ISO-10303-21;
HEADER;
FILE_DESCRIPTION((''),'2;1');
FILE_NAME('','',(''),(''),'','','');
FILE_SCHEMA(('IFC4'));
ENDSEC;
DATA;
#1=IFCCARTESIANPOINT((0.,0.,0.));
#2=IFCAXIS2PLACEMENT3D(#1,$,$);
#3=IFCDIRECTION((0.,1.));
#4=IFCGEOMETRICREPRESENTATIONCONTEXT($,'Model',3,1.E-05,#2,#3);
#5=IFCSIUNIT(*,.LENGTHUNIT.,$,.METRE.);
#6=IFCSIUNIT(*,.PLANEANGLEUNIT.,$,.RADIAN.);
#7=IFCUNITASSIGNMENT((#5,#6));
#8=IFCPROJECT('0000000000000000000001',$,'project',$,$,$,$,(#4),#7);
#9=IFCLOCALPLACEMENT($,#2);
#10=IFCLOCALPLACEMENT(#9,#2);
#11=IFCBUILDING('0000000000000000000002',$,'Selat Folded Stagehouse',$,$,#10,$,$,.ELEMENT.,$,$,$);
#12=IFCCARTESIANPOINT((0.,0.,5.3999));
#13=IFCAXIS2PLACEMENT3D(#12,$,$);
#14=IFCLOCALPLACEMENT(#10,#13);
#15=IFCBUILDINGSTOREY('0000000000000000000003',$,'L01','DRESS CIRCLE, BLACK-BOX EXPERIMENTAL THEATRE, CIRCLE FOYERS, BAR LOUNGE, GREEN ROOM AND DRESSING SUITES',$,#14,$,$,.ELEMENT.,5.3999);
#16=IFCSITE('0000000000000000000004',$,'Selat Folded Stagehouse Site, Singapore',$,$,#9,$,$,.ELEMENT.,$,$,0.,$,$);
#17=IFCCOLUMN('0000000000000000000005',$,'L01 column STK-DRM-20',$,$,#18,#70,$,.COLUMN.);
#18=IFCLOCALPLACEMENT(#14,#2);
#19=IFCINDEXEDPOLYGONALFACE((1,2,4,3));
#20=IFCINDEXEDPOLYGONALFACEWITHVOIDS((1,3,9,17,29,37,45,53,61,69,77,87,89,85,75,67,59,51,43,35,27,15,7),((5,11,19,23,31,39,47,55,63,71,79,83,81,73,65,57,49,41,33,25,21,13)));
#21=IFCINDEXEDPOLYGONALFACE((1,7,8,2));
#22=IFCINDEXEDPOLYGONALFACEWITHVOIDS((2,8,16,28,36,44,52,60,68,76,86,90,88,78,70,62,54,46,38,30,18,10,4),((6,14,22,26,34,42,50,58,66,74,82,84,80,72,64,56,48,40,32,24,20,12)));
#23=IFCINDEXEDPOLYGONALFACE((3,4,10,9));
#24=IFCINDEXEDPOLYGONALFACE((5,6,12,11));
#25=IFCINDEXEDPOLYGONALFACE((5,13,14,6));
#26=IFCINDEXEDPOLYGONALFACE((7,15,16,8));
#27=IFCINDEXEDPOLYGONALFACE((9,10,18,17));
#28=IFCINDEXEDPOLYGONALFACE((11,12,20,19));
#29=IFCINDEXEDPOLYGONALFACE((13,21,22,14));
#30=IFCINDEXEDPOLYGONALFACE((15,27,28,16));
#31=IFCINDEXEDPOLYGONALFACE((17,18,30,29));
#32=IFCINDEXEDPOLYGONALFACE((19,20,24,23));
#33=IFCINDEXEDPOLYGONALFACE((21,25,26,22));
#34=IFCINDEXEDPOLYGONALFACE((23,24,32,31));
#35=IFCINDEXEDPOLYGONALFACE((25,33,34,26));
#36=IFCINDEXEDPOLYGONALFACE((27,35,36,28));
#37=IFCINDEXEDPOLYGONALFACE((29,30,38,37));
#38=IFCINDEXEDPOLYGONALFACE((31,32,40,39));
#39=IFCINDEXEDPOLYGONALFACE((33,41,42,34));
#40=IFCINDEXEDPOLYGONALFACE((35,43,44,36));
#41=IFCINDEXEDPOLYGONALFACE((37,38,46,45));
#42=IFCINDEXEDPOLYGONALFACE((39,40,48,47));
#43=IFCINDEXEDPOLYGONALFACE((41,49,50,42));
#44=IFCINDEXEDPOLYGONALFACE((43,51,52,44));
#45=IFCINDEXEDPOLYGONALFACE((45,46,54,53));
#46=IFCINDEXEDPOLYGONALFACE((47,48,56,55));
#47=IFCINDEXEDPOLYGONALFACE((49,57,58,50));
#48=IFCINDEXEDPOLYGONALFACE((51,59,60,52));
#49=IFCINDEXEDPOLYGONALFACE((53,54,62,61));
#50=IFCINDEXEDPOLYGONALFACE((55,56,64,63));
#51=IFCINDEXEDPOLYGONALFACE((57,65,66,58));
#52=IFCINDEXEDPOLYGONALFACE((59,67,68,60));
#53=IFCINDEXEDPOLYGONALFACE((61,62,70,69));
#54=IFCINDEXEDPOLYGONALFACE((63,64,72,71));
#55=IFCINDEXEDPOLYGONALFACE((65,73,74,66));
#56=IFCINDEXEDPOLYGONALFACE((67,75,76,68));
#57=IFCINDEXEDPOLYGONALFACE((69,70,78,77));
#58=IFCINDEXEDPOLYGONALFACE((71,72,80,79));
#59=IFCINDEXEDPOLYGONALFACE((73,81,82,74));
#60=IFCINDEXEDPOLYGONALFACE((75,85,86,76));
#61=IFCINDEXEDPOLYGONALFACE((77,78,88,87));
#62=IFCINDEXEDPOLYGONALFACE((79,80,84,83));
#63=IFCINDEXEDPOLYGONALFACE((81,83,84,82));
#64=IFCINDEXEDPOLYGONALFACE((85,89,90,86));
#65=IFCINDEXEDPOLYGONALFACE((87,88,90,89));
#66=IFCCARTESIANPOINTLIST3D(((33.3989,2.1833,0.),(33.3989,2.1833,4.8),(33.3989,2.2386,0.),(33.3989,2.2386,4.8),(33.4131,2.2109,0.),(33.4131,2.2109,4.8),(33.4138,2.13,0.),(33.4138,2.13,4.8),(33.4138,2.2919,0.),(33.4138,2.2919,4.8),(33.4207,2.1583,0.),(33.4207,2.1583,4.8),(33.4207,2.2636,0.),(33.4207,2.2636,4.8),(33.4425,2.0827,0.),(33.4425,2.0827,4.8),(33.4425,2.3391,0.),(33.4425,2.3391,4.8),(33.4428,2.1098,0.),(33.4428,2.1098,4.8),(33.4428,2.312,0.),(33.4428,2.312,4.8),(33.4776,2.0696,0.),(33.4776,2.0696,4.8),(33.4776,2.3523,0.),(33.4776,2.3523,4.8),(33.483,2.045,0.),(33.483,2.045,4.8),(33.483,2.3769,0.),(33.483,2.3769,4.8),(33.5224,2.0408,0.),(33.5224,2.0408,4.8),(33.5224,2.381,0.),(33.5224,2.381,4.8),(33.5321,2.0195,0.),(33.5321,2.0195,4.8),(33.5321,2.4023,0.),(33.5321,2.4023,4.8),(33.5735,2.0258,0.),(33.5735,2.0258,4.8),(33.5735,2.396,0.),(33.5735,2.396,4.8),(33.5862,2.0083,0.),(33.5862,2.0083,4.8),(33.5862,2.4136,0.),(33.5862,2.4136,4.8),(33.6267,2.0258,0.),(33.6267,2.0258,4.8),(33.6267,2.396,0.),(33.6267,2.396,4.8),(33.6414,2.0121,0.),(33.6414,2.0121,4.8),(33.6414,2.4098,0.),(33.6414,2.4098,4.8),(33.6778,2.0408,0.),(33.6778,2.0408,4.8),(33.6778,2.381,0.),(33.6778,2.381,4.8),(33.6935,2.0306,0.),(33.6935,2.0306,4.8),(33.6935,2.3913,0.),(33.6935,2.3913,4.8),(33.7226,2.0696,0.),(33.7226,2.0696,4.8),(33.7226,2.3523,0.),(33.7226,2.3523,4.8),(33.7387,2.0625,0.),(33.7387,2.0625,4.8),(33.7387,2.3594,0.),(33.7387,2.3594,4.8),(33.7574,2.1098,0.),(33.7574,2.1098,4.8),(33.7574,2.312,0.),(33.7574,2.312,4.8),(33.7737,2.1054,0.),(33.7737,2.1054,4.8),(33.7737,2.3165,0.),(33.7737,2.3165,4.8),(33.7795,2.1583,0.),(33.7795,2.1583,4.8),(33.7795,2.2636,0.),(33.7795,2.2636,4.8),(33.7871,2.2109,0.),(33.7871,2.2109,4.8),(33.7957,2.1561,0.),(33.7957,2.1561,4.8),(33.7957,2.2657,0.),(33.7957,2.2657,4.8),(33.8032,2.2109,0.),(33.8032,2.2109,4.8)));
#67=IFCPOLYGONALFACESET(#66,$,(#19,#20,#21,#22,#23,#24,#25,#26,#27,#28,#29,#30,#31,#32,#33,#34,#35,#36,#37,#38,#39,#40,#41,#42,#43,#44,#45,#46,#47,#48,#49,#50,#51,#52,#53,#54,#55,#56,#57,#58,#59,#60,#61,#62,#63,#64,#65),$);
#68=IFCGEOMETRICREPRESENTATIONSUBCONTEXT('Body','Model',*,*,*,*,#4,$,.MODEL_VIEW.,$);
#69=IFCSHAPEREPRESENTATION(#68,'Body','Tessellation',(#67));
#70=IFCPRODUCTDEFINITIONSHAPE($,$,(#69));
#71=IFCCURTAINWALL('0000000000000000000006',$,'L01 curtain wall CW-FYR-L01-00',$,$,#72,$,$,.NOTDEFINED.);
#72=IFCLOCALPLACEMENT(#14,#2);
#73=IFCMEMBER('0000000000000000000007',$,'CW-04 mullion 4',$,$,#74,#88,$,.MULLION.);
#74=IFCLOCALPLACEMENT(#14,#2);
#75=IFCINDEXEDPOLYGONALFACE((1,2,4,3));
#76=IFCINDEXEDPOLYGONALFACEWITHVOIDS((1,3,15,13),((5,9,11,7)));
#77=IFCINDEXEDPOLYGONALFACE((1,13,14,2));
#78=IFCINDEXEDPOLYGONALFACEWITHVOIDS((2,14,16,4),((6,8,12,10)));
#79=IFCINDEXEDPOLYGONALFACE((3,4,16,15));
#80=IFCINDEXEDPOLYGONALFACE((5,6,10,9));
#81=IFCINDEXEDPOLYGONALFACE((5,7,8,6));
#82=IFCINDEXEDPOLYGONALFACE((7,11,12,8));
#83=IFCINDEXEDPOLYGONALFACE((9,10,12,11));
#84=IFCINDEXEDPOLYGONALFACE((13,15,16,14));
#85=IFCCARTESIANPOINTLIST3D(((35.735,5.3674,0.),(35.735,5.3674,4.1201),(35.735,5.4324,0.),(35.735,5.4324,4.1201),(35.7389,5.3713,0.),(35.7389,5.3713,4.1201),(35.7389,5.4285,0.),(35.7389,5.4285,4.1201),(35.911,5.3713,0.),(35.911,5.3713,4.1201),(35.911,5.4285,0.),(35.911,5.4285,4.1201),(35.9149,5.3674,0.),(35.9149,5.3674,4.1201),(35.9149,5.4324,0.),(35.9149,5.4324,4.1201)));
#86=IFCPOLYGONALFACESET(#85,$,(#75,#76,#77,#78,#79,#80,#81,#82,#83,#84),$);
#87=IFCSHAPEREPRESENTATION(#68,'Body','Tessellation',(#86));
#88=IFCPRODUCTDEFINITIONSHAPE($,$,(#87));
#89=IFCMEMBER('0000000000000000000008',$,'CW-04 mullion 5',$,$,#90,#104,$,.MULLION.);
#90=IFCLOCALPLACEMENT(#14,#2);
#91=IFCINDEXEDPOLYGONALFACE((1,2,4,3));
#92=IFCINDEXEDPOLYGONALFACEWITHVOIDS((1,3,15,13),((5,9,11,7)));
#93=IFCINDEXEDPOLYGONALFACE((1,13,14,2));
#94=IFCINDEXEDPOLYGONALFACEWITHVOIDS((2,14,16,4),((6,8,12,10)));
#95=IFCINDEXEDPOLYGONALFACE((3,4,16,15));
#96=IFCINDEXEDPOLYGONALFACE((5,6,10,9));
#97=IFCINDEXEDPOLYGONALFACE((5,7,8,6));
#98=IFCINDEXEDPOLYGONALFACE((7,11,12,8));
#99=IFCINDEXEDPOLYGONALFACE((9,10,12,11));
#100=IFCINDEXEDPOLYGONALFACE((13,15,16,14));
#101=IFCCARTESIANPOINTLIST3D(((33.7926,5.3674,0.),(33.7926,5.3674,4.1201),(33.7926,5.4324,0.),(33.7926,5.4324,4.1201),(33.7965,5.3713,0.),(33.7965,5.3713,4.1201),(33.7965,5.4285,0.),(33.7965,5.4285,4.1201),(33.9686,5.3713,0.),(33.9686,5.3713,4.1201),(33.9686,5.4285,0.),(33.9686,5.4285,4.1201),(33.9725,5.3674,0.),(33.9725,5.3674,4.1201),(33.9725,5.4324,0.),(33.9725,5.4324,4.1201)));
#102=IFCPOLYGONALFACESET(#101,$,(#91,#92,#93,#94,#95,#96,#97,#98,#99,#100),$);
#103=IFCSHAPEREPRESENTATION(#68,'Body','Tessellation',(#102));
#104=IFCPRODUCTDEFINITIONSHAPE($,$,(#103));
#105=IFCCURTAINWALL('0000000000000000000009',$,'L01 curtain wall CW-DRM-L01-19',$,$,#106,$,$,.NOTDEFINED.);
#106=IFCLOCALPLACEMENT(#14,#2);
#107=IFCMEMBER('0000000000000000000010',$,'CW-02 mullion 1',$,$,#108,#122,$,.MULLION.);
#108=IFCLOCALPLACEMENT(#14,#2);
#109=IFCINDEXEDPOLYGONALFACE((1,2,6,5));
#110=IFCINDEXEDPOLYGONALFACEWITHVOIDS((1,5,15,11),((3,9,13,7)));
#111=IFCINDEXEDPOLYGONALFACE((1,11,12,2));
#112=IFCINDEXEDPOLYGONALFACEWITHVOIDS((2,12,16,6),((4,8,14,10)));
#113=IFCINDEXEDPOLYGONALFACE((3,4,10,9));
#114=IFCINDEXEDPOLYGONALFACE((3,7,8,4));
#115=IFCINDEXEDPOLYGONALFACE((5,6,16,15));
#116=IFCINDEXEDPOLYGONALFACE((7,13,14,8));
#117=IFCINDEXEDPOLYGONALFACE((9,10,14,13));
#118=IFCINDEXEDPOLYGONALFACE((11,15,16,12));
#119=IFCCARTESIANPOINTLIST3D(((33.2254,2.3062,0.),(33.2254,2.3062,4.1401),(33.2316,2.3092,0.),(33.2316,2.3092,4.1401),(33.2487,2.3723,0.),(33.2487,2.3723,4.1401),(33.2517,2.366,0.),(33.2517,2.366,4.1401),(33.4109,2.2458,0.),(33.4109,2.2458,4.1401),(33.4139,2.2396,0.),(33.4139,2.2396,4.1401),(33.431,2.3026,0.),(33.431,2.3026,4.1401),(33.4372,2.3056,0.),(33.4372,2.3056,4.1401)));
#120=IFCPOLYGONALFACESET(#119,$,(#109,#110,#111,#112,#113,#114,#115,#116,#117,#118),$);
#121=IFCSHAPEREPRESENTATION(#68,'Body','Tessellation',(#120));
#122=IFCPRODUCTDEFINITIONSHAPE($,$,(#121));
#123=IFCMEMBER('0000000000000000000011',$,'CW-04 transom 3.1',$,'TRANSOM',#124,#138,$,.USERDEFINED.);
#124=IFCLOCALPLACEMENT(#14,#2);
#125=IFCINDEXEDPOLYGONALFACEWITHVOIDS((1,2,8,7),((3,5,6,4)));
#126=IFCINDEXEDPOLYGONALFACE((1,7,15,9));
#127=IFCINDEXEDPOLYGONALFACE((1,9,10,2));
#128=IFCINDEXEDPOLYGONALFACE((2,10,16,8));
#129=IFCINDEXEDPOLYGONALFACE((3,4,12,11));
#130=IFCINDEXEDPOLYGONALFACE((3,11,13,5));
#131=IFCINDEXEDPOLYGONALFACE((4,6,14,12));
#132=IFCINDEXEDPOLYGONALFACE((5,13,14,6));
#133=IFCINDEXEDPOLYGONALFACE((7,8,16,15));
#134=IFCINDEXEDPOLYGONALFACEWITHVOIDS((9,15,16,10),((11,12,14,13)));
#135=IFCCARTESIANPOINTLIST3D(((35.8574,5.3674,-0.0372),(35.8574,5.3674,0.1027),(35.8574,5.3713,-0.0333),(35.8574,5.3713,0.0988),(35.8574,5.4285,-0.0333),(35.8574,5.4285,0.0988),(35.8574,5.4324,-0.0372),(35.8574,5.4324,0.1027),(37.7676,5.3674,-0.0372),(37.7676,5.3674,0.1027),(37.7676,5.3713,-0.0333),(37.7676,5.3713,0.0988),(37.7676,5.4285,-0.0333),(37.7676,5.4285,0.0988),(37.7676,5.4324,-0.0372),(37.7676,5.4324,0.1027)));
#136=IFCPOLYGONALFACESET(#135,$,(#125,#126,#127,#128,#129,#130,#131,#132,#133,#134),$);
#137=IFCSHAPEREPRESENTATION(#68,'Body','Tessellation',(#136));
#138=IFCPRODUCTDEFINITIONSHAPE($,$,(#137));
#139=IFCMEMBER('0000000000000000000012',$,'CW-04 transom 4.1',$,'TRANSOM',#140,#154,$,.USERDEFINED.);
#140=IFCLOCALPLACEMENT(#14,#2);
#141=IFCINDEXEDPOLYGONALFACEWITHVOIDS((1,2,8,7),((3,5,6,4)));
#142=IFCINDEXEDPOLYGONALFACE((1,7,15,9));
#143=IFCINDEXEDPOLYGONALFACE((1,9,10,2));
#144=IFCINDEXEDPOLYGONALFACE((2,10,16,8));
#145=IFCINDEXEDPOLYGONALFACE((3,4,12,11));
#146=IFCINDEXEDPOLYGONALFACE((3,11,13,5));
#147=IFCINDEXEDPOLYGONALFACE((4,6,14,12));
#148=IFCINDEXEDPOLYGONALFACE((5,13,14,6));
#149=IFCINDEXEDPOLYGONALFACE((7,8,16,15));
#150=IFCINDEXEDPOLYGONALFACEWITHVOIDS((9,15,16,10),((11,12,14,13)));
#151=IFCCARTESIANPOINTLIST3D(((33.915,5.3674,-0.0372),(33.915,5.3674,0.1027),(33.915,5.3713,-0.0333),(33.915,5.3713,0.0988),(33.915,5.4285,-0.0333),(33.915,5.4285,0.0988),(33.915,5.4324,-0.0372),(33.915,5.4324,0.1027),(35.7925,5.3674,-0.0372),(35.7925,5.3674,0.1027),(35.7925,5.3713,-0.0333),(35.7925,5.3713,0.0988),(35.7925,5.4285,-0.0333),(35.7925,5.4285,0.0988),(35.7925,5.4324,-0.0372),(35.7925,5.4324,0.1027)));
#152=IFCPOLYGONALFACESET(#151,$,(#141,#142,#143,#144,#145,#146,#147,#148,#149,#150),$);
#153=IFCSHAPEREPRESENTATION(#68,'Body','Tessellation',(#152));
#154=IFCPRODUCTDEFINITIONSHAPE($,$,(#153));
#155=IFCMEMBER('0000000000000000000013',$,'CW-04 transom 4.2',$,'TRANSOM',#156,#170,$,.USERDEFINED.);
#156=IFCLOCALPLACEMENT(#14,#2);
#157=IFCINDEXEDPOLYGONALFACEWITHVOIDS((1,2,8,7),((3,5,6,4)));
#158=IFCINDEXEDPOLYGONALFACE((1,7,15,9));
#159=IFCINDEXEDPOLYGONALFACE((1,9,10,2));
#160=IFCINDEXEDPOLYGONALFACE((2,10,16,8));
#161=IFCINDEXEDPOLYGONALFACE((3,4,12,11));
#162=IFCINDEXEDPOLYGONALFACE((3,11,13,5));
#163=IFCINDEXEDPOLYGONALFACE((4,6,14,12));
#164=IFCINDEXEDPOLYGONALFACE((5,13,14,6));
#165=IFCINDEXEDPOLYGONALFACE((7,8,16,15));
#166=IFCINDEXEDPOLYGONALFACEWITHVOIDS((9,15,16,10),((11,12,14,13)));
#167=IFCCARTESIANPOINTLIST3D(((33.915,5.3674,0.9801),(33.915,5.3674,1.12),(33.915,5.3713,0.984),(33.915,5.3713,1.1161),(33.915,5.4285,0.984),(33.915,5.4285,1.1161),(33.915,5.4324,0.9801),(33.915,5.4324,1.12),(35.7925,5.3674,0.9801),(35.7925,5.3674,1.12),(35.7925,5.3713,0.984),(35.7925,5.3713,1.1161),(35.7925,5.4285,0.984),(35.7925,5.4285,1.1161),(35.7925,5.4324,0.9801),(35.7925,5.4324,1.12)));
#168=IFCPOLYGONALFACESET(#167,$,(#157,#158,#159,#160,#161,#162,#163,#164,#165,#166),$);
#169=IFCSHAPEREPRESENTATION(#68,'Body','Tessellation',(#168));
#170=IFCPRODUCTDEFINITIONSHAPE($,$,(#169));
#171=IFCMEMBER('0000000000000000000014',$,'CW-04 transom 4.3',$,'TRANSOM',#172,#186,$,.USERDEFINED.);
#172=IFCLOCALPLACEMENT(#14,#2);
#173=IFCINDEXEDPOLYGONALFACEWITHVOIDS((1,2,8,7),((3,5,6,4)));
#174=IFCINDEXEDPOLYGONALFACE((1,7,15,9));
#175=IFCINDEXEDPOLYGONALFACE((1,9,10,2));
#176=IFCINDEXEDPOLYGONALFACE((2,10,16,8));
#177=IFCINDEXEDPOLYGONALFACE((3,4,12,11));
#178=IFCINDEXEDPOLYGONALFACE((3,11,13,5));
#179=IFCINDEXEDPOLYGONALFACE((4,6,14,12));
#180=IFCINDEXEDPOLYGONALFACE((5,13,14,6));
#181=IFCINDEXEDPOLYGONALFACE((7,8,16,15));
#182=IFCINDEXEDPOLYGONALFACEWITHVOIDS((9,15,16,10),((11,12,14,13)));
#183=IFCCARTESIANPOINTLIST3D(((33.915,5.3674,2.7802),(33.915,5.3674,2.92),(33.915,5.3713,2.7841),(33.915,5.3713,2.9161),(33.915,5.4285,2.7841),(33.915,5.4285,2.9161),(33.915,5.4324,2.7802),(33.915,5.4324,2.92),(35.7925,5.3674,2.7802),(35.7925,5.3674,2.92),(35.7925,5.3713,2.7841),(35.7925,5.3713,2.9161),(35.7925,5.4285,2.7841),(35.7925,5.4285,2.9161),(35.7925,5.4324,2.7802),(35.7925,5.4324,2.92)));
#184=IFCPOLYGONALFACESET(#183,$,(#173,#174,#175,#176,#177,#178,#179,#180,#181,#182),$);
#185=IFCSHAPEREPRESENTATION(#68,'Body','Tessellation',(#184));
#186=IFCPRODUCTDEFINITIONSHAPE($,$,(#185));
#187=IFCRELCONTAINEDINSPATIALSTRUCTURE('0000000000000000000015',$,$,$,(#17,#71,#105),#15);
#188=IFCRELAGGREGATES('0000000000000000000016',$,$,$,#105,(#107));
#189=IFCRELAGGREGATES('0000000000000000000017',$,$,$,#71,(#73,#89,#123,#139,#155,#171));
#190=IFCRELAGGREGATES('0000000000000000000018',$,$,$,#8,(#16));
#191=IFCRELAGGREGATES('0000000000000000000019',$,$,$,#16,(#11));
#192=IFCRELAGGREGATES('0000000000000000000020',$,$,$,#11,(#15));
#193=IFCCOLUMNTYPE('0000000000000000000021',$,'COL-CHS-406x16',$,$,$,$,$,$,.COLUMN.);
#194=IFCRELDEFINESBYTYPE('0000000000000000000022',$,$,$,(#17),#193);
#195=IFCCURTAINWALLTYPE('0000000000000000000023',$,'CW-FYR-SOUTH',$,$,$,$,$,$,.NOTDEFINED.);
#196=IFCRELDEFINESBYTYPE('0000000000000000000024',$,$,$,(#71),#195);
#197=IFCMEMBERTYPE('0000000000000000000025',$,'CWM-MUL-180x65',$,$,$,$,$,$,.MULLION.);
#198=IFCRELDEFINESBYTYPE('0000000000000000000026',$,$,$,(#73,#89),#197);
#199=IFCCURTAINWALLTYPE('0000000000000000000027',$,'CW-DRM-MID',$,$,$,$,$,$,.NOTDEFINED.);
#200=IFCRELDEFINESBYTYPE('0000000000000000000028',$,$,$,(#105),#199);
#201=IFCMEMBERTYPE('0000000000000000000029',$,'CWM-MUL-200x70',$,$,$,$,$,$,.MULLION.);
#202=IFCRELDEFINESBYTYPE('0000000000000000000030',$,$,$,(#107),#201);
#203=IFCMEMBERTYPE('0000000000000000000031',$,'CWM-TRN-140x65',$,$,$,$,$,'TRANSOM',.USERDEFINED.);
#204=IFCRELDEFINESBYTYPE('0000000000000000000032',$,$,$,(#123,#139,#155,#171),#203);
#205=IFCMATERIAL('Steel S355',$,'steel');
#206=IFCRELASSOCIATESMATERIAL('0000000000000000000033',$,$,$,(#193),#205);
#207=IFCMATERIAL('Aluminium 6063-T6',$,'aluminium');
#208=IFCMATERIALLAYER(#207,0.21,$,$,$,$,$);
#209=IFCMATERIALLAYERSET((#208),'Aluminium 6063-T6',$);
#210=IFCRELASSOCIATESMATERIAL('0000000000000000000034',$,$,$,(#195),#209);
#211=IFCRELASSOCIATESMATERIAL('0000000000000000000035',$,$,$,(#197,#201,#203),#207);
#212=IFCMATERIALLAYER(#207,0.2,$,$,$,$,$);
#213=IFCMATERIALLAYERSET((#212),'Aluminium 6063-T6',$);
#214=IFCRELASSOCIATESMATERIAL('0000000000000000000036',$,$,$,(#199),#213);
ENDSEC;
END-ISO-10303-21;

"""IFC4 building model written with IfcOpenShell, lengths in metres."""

from ifc_helpers import new_model, si_unit, direction, frame, origin, origin_2d, place, context, subcontext, project, spatial, hollow_rectangle, hollow_circle, extrude, material, layer, layer_set, material_profile, profile_set, type_object, element, aggregate, save


model = new_model("IFC4")

# Units and contexts
model_context = context("Model", 3, precision=1e-05, world=origin(), true_north=direction((0.0, 1.0)))
body_context = subcontext(model_context, "Body", "Model", "MODEL_VIEW")
ifc_project = project(units=[si_unit("LENGTHUNIT", "METRE"), si_unit("PLANEANGLEUNIT", "RADIAN")], contexts=[model_context])

# Site, building, storey
site_placement = place(None, origin())
site = spatial("IfcSite", under=ifc_project, at=site_placement, Name="Selat Folded Stagehouse Site, Singapore", CompositionType="ELEMENT", RefElevation=0.0)
building_placement = place(site_placement, origin())
building = spatial("IfcBuilding", under=site, at=building_placement, Name="Selat Folded Stagehouse", CompositionType="ELEMENT")
storey_placement = place(building_placement, frame((0.0, 0.0, 5.3999)))
storey = spatial("IfcBuildingStorey", under=building, at=storey_placement, Name="L01", Description="DRESS CIRCLE, BLACK-BOX EXPERIMENTAL THEATRE, CIRCLE FOYERS, BAR LOUNGE, GREEN ROOM AND DRESSING SUITES", CompositionType="ELEMENT", Elevation=5.3999)

# Column
ifc_material_1 = material(Name="Steel S355", Category="steel")
ifc_material_profile_1 = material_profile(ifc_material_1, hollow_circle(Radius=0.2031, WallThickness=0.0161, at=origin_2d()), Name="CHS 406.4x16.0")
ifc_profile_set_1 = profile_set([ifc_material_profile_1], Name="Steel S355")
column_type = type_object("IfcColumnType", Name="COL-CHS-406x16", PredefinedType="COLUMN", material=ifc_profile_set_1)
column_placement = place(storey_placement, frame((33.6001, 2.2109, 0.0), z_axis=(0.0, 0.0, 1.0), x_axis=(1.0, 0.0, 0.0)))
element("IfcColumn", 1, at=column_placement, inside=storey, type_object=column_type, Name="L01 column STK-DRM-20", PredefinedType="COLUMN", context=body_context, shape_type="SweptSolid", body=[
    extrude(hollow_circle(Radius=0.2031, WallThickness=0.0161, at=origin_2d()), origin(), (0.0, 0.0, 1.0), 4.8),
])

# Curtain wall, members
ifc_material_2 = material(Name="Aluminium 6063-T6", Category="aluminium")
ifc_layer_1 = layer(ifc_material_2, 0.21)
ifc_layer_set_1 = layer_set([ifc_layer_1], Name="Aluminium 6063-T6")
curtain_wall_type_1 = type_object("IfcCurtainWallType", Name="CW-FYR-SOUTH", PredefinedType="NOTDEFINED", material=ifc_layer_set_1)
curtain_wall_1_placement = place(storey_placement, origin())
curtain_wall_1 = element("IfcCurtainWall", 2, at=curtain_wall_1_placement, inside=storey, type_object=curtain_wall_type_1, Name="L01 curtain wall CW-FYR-L01-00", PredefinedType="NOTDEFINED")
ifc_material_profile_2 = material_profile(ifc_material_2, hollow_rectangle(XDim=0.0649, YDim=0.1799, WallThickness=0.0039, at=origin_2d()), Name="ALU 180x65x4.0")
ifc_profile_set_2 = profile_set([ifc_material_profile_2], Name="Aluminium 6063-T6")
member_type_1 = type_object("IfcMemberType", Name="CWM-MUL-180x65", PredefinedType="MULLION", material=ifc_profile_set_2)
member_1_placement = place(storey_placement, frame((35.825, 5.3999, 0.0), z_axis=(0.0, 0.0, 1.0), x_axis=(0.0, -1.0, 0.0)))
member_1 = element("IfcMember", 3, at=member_1_placement, type_object=member_type_1, Name="CW-04 mullion 4", PredefinedType="MULLION", context=body_context, shape_type="SweptSolid", body=[
    extrude(hollow_rectangle(XDim=0.0649, YDim=0.1799, WallThickness=0.0039, at=origin_2d()), origin(), (0.0, 0.0, 1.0), 4.1201),
])
member_2_placement = place(storey_placement, frame((33.8826, 5.3999, 0.0), z_axis=(0.0, 0.0, 1.0), x_axis=(0.0, -1.0, 0.0)))
member_2 = element("IfcMember", 4, at=member_2_placement, type_object=member_type_1, Name="CW-04 mullion 5", PredefinedType="MULLION", context=body_context, shape_type="SweptSolid", body=[
    extrude(hollow_rectangle(XDim=0.0649, YDim=0.1799, WallThickness=0.0039, at=origin_2d()), origin(), (0.0, 0.0, 1.0), 4.1201),
])

# Curtain wall, member
ifc_layer_2 = layer(ifc_material_2, 0.2)
ifc_layer_set_2 = layer_set([ifc_layer_2], Name="Aluminium 6063-T6")
curtain_wall_type_2 = type_object("IfcCurtainWallType", Name="CW-DRM-MID", PredefinedType="NOTDEFINED", material=ifc_layer_set_2)
curtain_wall_2_placement = place(storey_placement, origin())
curtain_wall_2 = element("IfcCurtainWall", 5, at=curtain_wall_2_placement, inside=storey, type_object=curtain_wall_type_2, Name="L01 curtain wall CW-DRM-L01-19", PredefinedType="NOTDEFINED")
ifc_material_profile_3 = material_profile(ifc_material_2, hollow_rectangle(XDim=0.0701, YDim=0.2, WallThickness=0.0049, at=origin_2d()), Name="ALU 200x70x5.0")
ifc_profile_set_3 = profile_set([ifc_material_profile_3], Name="Aluminium 6063-T6")
member_type_2 = type_object("IfcMemberType", Name="CWM-MUL-200x70", PredefinedType="MULLION", material=ifc_profile_set_3)
member_3_placement = place(storey_placement, frame((33.3313, 2.3059, 0.0), z_axis=(0.0, 0.0, 1.0), x_axis=(-0.333314, -0.942816, 0.0)))
member_3 = element("IfcMember", 6, at=member_3_placement, type_object=member_type_2, Name="CW-02 mullion 1", PredefinedType="MULLION", context=body_context, shape_type="SweptSolid", body=[
    extrude(hollow_rectangle(XDim=0.0701, YDim=0.2, WallThickness=0.0049, at=origin_2d()), origin(), (0.0, 0.0, 1.0), 4.1401),
])

# Members
ifc_material_profile_4 = material_profile(ifc_material_2, hollow_rectangle(XDim=0.0649, YDim=0.1399, WallThickness=0.0039, at=origin_2d()), Name="ALU 140x65x4.0")
ifc_profile_set_4 = profile_set([ifc_material_profile_4], Name="Aluminium 6063-T6")
member_type_3 = type_object("IfcMemberType", Name="CWM-TRN-140x65", ElementType="TRANSOM", PredefinedType="USERDEFINED", material=ifc_profile_set_4)
member_4_placement = place(storey_placement, frame((37.7676, 5.3999, 0.0327), z_axis=(-1.0, 0.0, 0.0), x_axis=(0.0, -1.0, 0.0)))
member_4 = element("IfcMember", 7, at=member_4_placement, type_object=member_type_3, Name="CW-04 transom 3.1", ObjectType="TRANSOM", PredefinedType="USERDEFINED", context=body_context, shape_type="SweptSolid", body=[
    extrude(hollow_rectangle(XDim=0.0649, YDim=0.1399, WallThickness=0.0039, at=origin_2d()), origin(), (0.0, 0.0, 1.0), 1.9102),
])
member_5_placement = place(storey_placement, frame((35.7925, 5.3999, 0.0327), z_axis=(-1.0, 0.0, 0.0), x_axis=(0.0, -1.0, 0.0)))
member_5 = element("IfcMember", 8, at=member_5_placement, type_object=member_type_3, Name="CW-04 transom 4.1", ObjectType="TRANSOM", PredefinedType="USERDEFINED", context=body_context, shape_type="SweptSolid", body=[
    extrude(hollow_rectangle(XDim=0.0649, YDim=0.1399, WallThickness=0.0039, at=origin_2d()), origin(), (0.0, 0.0, 1.0), 1.8774),
])
member_6_placement = place(storey_placement, frame((35.7925, 5.3999, 1.05), z_axis=(-1.0, 0.0, 0.0), x_axis=(0.0, -1.0, 0.0)))
member_6 = element("IfcMember", 9, at=member_6_placement, type_object=member_type_3, Name="CW-04 transom 4.2", ObjectType="TRANSOM", PredefinedType="USERDEFINED", context=body_context, shape_type="SweptSolid", body=[
    extrude(hollow_rectangle(XDim=0.0649, YDim=0.1399, WallThickness=0.0039, at=origin_2d()), origin(), (0.0, 0.0, 1.0), 1.8774),
])
member_7_placement = place(storey_placement, frame((35.7925, 5.3999, 2.8501), z_axis=(-1.0, 0.0, 0.0), x_axis=(0.0, -1.0, 0.0)))
member_7 = element("IfcMember", 10, at=member_7_placement, type_object=member_type_3, Name="CW-04 transom 4.3", ObjectType="TRANSOM", PredefinedType="USERDEFINED", context=body_context, shape_type="SweptSolid", body=[
    extrude(hollow_rectangle(XDim=0.0649, YDim=0.1399, WallThickness=0.0039, at=origin_2d()), origin(), (0.0, 0.0, 1.0), 1.8774),
])
aggregate(curtain_wall_2, [member_3])

aggregate(curtain_wall_1, [member_1, member_2, member_4, member_5, member_6, member_7])

save(model, "model.ifc")
